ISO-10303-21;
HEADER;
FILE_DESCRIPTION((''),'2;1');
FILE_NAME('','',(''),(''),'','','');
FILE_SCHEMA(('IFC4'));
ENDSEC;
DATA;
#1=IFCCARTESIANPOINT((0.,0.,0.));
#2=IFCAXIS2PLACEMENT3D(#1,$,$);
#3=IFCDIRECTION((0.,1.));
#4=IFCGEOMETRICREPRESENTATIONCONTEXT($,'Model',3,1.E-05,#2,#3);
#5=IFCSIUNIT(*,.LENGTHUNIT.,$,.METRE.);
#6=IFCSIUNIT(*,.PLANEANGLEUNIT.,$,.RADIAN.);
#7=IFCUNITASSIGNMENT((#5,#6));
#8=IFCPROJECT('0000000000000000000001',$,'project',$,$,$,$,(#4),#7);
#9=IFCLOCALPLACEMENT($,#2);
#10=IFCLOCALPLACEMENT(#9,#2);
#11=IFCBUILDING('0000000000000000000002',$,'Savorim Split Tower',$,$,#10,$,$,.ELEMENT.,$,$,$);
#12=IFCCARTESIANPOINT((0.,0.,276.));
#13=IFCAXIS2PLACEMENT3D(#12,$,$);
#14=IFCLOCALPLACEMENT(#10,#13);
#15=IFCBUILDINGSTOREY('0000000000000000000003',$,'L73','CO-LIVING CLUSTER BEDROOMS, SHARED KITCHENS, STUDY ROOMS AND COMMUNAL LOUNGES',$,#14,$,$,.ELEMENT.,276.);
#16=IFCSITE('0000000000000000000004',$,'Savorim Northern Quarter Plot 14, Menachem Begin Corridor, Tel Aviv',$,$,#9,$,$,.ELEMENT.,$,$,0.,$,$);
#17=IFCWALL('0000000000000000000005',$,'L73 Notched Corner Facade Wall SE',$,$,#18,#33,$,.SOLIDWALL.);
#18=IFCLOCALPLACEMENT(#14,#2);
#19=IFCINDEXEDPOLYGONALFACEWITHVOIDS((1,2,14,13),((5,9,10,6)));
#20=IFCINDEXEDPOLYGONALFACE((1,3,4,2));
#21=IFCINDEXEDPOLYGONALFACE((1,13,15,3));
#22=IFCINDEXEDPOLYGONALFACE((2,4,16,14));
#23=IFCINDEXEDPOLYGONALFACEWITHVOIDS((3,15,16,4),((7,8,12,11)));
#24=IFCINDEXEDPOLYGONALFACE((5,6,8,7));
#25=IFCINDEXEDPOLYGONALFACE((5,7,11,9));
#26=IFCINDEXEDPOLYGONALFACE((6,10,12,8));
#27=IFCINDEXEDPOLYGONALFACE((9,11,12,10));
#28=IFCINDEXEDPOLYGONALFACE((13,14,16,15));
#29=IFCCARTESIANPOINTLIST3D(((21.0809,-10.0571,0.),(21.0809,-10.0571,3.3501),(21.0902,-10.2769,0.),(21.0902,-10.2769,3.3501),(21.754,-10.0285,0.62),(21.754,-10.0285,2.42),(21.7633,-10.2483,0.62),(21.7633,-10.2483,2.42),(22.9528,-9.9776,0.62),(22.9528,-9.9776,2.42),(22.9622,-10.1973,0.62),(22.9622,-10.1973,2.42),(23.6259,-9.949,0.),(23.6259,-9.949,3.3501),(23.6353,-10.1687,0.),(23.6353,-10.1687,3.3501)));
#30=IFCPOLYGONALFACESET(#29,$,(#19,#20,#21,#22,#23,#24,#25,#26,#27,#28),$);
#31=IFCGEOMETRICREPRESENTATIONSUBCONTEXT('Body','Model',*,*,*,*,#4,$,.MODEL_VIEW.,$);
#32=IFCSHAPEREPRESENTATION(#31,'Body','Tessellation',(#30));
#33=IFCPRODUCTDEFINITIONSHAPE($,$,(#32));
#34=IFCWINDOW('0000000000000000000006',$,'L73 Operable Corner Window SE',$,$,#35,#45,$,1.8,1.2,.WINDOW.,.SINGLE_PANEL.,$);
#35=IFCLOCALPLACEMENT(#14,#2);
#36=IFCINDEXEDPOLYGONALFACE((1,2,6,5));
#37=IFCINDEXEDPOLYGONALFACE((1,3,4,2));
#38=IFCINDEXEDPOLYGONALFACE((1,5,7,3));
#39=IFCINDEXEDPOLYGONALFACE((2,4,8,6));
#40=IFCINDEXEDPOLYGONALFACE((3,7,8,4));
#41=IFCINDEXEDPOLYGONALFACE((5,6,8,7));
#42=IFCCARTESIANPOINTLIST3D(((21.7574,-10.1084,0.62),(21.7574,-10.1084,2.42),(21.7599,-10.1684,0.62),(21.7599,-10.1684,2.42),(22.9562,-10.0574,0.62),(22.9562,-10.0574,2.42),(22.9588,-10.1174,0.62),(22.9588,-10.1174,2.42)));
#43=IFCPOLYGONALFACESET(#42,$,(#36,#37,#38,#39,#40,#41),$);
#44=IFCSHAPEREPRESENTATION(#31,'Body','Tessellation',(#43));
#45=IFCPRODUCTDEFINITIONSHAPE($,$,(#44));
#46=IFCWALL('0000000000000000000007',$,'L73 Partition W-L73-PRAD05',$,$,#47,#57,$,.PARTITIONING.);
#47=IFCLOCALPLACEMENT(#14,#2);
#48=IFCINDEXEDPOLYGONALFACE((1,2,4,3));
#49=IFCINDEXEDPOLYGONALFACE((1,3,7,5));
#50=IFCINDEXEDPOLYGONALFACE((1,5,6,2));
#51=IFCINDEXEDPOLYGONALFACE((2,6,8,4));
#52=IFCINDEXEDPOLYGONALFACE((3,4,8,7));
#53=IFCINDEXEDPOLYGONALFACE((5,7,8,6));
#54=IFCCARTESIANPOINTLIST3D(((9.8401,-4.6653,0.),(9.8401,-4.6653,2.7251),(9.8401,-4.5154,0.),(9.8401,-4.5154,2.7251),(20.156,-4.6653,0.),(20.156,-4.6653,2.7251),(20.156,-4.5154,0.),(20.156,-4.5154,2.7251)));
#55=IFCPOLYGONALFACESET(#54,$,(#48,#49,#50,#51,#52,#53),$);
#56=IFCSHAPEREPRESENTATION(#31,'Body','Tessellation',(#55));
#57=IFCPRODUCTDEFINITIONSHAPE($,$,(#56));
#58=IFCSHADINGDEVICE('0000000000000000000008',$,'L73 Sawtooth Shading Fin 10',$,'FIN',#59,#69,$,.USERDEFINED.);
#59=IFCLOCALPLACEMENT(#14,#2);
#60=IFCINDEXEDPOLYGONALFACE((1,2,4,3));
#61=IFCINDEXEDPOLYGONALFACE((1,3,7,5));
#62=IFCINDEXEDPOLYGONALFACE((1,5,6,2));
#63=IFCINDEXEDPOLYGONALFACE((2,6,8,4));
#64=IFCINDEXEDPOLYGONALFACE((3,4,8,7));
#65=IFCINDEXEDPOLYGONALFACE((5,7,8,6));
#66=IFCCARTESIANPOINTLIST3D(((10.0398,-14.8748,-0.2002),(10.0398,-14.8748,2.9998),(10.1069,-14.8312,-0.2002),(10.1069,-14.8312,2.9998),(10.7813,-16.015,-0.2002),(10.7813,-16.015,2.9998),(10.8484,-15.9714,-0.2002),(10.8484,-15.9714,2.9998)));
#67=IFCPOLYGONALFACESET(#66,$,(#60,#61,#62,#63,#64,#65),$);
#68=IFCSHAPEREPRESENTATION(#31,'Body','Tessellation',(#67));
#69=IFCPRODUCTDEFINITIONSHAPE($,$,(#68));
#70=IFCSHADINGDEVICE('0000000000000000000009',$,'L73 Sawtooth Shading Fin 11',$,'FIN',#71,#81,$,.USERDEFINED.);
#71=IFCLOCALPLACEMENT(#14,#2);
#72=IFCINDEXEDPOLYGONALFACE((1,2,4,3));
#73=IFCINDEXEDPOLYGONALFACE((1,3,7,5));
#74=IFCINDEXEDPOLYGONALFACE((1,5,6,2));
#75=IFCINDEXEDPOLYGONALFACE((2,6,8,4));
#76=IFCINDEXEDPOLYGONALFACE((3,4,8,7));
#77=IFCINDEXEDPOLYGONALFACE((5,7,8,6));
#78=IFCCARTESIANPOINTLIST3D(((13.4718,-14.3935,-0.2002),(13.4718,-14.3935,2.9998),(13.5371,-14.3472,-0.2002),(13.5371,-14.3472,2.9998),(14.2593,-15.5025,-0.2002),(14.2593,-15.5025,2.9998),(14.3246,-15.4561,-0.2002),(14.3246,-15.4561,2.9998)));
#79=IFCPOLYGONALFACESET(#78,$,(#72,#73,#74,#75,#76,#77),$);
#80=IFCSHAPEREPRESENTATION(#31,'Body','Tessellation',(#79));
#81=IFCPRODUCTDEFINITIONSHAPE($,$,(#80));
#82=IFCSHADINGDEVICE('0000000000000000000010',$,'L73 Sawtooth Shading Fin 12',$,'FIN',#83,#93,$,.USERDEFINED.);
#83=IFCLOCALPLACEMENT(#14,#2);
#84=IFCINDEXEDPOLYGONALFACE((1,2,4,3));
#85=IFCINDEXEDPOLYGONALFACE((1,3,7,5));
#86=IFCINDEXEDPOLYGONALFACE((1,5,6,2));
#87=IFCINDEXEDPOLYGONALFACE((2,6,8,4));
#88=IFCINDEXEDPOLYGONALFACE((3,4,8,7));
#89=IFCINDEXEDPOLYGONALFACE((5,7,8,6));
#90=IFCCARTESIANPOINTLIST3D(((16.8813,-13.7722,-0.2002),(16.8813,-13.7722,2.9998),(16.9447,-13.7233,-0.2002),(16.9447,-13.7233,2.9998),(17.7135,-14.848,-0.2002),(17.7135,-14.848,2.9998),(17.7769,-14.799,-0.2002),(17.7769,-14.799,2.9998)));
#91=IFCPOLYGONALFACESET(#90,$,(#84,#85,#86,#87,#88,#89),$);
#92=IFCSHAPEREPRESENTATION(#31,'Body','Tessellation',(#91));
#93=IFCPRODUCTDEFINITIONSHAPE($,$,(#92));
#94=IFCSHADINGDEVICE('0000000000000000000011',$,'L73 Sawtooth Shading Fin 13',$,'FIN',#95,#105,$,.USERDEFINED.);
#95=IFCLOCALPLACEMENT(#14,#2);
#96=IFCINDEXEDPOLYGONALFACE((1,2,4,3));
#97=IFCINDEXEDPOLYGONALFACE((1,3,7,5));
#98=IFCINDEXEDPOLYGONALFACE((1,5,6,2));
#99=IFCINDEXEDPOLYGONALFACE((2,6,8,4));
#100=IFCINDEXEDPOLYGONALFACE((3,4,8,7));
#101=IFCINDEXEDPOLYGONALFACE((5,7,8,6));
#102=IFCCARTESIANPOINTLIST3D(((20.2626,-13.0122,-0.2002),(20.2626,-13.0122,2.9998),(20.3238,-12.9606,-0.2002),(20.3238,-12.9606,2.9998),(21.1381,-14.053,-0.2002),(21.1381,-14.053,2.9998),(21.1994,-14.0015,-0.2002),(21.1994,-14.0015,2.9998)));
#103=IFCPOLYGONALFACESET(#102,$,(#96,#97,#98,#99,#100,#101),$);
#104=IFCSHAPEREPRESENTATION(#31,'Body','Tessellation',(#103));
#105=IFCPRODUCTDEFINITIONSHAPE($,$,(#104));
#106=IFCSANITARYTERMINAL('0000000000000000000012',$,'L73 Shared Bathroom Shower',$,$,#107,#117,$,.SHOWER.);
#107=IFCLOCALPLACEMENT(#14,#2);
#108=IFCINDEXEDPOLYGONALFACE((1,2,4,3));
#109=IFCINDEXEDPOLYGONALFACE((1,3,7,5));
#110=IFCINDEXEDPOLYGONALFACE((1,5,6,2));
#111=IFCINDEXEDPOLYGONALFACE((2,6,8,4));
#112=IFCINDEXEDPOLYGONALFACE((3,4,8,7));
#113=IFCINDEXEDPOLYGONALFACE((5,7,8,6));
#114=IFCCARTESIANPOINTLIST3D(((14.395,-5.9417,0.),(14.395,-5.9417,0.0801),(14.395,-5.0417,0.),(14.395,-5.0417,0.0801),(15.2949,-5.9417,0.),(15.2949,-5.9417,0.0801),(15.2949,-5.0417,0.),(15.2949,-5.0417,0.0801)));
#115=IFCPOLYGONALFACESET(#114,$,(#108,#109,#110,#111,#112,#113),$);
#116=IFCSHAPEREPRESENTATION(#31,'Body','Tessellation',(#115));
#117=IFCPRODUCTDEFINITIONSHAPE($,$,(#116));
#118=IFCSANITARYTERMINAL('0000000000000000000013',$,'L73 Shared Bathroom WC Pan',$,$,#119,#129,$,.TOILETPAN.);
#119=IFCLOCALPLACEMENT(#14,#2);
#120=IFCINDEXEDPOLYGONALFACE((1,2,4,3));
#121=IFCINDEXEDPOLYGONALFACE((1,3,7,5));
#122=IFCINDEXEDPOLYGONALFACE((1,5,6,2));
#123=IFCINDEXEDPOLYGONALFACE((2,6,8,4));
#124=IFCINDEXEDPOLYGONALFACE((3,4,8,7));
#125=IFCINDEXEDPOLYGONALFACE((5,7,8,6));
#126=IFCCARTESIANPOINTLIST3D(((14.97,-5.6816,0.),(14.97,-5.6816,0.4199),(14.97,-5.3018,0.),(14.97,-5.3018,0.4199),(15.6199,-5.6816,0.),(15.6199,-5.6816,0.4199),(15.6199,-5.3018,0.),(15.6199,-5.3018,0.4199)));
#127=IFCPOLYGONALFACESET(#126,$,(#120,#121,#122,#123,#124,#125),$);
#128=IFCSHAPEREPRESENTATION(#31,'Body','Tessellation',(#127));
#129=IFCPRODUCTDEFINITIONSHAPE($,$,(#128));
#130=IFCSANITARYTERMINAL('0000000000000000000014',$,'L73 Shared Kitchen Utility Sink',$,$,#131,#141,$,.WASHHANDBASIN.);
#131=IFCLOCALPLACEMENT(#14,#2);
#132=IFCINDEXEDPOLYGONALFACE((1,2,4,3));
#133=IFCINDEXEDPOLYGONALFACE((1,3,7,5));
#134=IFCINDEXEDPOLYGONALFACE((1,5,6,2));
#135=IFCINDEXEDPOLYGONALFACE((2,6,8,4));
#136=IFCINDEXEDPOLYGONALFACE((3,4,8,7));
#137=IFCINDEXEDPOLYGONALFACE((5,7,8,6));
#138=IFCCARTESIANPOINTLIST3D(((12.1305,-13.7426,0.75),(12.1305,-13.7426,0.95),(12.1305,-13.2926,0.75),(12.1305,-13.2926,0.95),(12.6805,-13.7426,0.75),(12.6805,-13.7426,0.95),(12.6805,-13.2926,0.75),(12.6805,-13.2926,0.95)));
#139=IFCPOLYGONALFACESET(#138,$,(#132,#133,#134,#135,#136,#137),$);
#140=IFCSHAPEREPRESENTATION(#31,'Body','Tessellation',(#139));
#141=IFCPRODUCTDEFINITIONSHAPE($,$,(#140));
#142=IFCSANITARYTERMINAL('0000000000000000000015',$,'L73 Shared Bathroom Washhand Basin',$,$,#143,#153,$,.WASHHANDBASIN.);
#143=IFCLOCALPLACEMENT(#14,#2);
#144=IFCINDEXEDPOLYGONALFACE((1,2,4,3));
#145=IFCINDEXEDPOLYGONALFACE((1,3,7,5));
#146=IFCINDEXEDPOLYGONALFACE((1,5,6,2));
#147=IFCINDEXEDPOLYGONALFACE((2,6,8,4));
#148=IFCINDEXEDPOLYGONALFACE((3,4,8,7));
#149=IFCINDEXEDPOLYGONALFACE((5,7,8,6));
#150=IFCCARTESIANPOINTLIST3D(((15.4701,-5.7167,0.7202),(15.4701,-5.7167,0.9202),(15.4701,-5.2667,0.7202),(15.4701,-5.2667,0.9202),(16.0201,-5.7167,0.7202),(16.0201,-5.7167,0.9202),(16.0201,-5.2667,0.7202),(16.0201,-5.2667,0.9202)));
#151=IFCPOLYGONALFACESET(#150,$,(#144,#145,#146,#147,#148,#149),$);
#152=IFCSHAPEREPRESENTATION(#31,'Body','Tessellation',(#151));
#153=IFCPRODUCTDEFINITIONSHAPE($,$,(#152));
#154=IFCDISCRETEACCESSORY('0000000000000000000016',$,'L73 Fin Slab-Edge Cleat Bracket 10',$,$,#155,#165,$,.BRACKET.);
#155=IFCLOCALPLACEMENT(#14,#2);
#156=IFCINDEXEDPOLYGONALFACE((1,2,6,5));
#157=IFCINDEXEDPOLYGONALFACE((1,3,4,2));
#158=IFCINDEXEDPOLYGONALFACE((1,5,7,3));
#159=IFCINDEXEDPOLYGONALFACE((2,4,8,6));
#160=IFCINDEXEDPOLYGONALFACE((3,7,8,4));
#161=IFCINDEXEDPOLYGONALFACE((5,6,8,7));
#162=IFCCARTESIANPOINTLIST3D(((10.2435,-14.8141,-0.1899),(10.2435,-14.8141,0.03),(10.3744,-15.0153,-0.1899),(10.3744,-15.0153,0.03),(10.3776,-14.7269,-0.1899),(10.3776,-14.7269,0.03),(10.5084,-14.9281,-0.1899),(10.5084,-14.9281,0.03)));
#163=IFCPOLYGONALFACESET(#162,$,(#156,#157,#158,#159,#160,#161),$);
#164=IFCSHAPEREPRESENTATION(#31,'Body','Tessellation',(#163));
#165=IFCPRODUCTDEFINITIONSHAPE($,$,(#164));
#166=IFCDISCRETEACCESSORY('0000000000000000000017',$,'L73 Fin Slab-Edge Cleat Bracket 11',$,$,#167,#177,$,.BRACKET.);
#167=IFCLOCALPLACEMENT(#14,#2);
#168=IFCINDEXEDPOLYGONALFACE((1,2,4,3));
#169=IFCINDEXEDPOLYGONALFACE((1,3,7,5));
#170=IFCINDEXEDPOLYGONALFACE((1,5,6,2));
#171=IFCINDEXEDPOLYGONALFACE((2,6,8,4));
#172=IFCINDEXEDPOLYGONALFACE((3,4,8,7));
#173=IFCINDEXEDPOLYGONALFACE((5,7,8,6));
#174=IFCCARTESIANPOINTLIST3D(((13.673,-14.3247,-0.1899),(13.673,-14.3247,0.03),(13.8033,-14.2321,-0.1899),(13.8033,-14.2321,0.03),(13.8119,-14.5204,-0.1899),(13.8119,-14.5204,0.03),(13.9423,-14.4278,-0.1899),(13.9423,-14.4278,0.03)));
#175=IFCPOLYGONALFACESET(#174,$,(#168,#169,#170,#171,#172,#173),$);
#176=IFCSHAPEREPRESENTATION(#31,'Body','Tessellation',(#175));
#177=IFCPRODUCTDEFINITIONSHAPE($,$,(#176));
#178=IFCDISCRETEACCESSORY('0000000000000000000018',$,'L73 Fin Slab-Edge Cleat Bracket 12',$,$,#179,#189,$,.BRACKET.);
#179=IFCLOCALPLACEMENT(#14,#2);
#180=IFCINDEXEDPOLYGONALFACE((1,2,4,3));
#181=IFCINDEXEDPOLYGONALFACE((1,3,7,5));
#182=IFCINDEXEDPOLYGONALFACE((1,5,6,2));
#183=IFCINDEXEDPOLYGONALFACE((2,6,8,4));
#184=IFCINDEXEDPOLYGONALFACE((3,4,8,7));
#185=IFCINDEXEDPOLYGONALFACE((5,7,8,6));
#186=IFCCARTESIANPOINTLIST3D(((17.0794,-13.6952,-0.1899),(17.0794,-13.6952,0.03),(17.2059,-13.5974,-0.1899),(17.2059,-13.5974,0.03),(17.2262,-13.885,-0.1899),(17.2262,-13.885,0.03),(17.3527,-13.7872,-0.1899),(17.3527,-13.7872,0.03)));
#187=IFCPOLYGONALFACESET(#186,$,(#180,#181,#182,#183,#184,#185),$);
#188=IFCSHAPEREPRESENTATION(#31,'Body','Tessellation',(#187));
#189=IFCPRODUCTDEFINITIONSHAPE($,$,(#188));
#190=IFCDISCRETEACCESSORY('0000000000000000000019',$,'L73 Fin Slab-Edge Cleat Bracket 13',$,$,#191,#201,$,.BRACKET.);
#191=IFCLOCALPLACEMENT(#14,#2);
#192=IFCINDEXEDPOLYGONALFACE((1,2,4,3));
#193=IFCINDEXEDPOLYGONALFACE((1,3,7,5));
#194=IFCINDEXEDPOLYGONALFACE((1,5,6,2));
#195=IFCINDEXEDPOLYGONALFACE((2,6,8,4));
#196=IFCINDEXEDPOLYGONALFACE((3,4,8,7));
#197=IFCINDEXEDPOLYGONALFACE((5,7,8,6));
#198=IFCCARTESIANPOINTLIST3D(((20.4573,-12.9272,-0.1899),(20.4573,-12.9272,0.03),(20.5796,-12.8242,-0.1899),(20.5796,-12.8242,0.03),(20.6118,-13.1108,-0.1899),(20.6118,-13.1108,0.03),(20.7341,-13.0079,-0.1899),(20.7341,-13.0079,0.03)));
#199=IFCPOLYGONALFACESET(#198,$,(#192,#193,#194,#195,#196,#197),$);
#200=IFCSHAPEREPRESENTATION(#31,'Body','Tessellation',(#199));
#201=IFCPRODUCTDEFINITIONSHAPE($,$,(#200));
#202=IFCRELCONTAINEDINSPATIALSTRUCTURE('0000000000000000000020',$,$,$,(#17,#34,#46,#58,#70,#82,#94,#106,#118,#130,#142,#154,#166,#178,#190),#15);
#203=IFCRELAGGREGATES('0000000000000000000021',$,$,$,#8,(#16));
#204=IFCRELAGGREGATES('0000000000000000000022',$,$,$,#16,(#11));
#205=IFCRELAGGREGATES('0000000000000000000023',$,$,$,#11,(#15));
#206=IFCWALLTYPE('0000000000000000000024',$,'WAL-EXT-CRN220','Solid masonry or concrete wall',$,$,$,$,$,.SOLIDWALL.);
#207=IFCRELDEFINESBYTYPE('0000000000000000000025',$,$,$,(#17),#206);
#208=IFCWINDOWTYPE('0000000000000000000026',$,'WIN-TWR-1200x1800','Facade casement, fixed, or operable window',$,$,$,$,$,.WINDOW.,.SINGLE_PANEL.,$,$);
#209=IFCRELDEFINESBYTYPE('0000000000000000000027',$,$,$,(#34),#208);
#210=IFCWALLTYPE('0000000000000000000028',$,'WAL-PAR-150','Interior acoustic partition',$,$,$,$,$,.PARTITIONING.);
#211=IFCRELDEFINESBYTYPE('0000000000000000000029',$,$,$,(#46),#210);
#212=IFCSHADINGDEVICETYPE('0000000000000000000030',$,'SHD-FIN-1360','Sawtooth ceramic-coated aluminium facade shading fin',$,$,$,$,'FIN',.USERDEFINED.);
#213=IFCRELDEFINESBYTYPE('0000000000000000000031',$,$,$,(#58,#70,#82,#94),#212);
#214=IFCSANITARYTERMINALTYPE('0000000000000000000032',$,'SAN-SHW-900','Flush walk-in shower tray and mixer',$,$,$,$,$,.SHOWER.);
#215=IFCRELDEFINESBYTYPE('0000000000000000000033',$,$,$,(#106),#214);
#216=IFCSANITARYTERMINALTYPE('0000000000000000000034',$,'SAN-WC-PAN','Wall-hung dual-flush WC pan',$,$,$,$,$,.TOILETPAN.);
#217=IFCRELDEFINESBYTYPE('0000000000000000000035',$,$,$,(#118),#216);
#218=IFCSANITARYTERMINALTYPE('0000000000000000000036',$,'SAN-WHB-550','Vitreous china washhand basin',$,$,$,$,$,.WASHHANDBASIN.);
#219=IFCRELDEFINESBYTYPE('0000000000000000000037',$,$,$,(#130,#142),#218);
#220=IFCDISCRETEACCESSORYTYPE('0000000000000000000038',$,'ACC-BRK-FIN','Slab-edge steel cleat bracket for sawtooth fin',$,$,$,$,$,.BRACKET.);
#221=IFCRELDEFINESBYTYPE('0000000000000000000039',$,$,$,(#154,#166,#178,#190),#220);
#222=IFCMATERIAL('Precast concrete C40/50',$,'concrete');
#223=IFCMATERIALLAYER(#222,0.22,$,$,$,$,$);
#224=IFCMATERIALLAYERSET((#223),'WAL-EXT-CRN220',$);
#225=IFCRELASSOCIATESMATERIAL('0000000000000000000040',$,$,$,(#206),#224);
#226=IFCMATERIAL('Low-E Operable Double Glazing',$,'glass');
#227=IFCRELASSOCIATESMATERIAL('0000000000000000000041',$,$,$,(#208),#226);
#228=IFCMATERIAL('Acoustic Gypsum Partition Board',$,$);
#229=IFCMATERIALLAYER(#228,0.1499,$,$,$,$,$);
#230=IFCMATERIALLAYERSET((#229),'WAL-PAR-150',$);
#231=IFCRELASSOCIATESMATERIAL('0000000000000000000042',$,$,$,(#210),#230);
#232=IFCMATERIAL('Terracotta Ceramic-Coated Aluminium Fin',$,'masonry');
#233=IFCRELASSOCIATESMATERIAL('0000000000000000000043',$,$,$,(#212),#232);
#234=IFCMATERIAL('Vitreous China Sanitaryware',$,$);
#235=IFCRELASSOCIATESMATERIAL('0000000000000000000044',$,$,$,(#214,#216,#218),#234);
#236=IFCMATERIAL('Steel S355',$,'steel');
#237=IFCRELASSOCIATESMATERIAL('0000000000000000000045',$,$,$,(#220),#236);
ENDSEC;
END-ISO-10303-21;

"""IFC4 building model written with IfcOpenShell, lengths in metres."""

from ifc_helpers import new_model, si_unit, direction, frame, frame_2d, origin, origin_2d, place, context, subcontext, project, spatial, rectangle, extrude, material, layer, layer_set, type_object, element, fill, save


model = new_model("IFC4")

# Units and contexts
model_context = context("Model", 3, precision=1e-05, world=origin(), true_north=direction((0.0, 1.0)))
body_context = subcontext(model_context, "Body", "Model", "MODEL_VIEW")
ifc_project = project(units=[si_unit("LENGTHUNIT", "METRE"), si_unit("PLANEANGLEUNIT", "RADIAN")], contexts=[model_context])

# Site, building, storey
site_placement = place(None, origin())
site = spatial("IfcSite", under=ifc_project, at=site_placement, Name="Savorim Northern Quarter Plot 14, Menachem Begin Corridor, Tel Aviv", CompositionType="ELEMENT", RefElevation=0.0)
building_placement = place(site_placement, origin())
building = spatial("IfcBuilding", under=site, at=building_placement, Name="Savorim Split Tower", CompositionType="ELEMENT")
storey_placement = place(building_placement, frame((0.0, 0.0, 276.0)))
storey = spatial("IfcBuildingStorey", under=building, at=storey_placement, Name="L73", Description="CO-LIVING CLUSTER BEDROOMS, SHARED KITCHENS, STUDY ROOMS AND COMMUNAL LOUNGES", CompositionType="ELEMENT", Elevation=276.0)

# Shared definitions
ifc_material_1 = material(Name="Steel S355", Category="steel")

# Shared definitions
ifc_material_2 = material(Name="Precast concrete C40/50", Category="concrete")
ifc_layer_1 = layer(ifc_material_2, 0.22)
ifc_layer_set_1 = layer_set([ifc_layer_1], Name="WAL-EXT-CRN220")
wall_type_1 = type_object("IfcWallType", Name="WAL-EXT-CRN220", Description="Solid masonry or concrete wall", PredefinedType="SOLIDWALL", material=ifc_layer_set_1)

# Wall, opening, window
wall_1_placement = place(storey_placement, frame((23.6306, -10.0588, 0.0), z_axis=(0.0, 0.0, 1.0), x_axis=(-0.999098, -0.042456, 0.0)))
wall_1 = element("IfcWall", 1, at=wall_1_placement, inside=storey, type_object=wall_type_1, Name="L73 Notched Corner Facade Wall SE", PredefinedType="SOLIDWALL", context=body_context, shape_type="SweptSolid", body=[
    extrude(rectangle(XDim=2.5474, YDim=0.22, at=frame_2d((1.2737, 0.0))), origin(), (0.0, 0.0, 1.0), 3.3501),
])
opening_placement = place(wall_1_placement, frame((0.6736, 0.0, 0.6201)))
opening = element("IfcOpeningElement", 2, at=opening_placement, cuts=wall_1, PredefinedType="OPENING", context=body_context, shape_type="SweptSolid", body=[
    extrude(rectangle(XDim=1.2, YDim=1.8, at=frame_2d((0.6001, 0.8999))), frame((0.0, 0.1199, 0.0), z_axis=(0.0, -1.0, 0.0), x_axis=(1.0, 0.0, 0.0)), (0.0, 0.0, 1.0), 0.24),
])
ifc_material_3 = material(Name="Low-E Operable Double Glazing", Category="glass")
window_type = type_object("IfcWindowType", Name="WIN-TWR-1200x1800", Description="Facade casement, fixed, or operable window", PartitioningType="SINGLE_PANEL", PredefinedType="WINDOW", material=ifc_material_3)
window_placement = place(opening_placement, origin())
window = element("IfcWindow", 3, at=window_placement, inside=storey, type_object=window_type, Name="L73 Operable Corner Window SE", OverallHeight=1.8, OverallWidth=1.2, PartitioningType="SINGLE_PANEL", PredefinedType="WINDOW", context=body_context, shape_type="SweptSolid", body=[
    extrude(rectangle(XDim=1.2, YDim=1.8, at=frame_2d((0.6001, 0.8999))), frame((0.0, 0.03, 0.0), z_axis=(0.0, -1.0, 0.0), x_axis=(1.0, 0.0, 0.0)), (0.0, 0.0, 1.0), 0.0601),
])
fill(opening, window)

# Wall
ifc_material_4 = material(Name="Acoustic Gypsum Partition Board")
ifc_layer_2 = layer(ifc_material_4, 0.1499)
ifc_layer_set_2 = layer_set([ifc_layer_2], Name="WAL-PAR-150")
wall_type_2 = type_object("IfcWallType", Name="WAL-PAR-150", Description="Interior acoustic partition", PredefinedType="PARTITIONING", material=ifc_layer_set_2)
wall_2_placement = place(storey_placement, frame((9.8401, -4.5903, 0.0), z_axis=(0.0, 0.0, 1.0), x_axis=(1.0, 0.0, 0.0)))
element("IfcWall", 4, at=wall_2_placement, inside=storey, type_object=wall_type_2, Name="L73 Partition W-L73-PRAD05", PredefinedType="PARTITIONING", context=body_context, shape_type="SweptSolid", body=[
    extrude(rectangle(XDim=10.3159, YDim=0.1499, at=frame_2d((5.158, 0.0))), origin(), (0.0, 0.0, 1.0), 2.7251),
])

# Shading devices
ifc_material_5 = material(Name="Terracotta Ceramic-Coated Aluminium Fin", Category="masonry")
shading_device_type = type_object("IfcShadingDeviceType", Name="SHD-FIN-1360", Description="Sawtooth ceramic-coated aluminium facade shading fin", ElementType="FIN", PredefinedType="USERDEFINED", material=ifc_material_5)
for number, where, z_axis, x_axis, name in (
    (5, (10.4441, -15.4231, -0.2002), (0.0, 0.0, 1.0), (0.545148, -0.83834, 0.0), "L73 Sawtooth Shading Fin 10"),
    (6, (13.8982, -14.9248, -0.2002), (0.0, 0.0, 1.0), (0.578994, -0.815332, 0.0), "L73 Sawtooth Shading Fin 11"),
    (7, (17.3291, -14.2856, -0.2002), (0.0, 0.0, 1.0), (0.611868, -0.79096, 0.0), "L73 Sawtooth Shading Fin 12"),
    (8, (20.731, -13.5068, -0.2002), (0.0, 0.0, 1.0), (0.643719, -0.765262, 0.0), "L73 Sawtooth Shading Fin 13"),
):
    element("IfcShadingDevice", number, at=place(storey_placement, frame(where, z_axis=z_axis, x_axis=x_axis)), inside=storey, type_object=shading_device_type, Name=name, ObjectType="FIN", PredefinedType="USERDEFINED", context=body_context, shape_type="SweptSolid", body=[
        extrude(rectangle(XDim=1.3601, YDim=0.0801, at=origin_2d()), origin(), (0.0, 0.0, 1.0), 3.2),
    ])

# Sanitary terminals
ifc_material_6 = material(Name="Vitreous China Sanitaryware")
sanitary_terminal_type_1 = type_object("IfcSanitaryTerminalType", Name="SAN-SHW-900", Description="Flush walk-in shower tray and mixer", PredefinedType="SHOWER", material=ifc_material_6)
sanitary_terminal_1_placement = place(storey_placement, frame((14.845, -5.4917, 0.0), z_axis=(0.0, 0.0, 1.0), x_axis=(1.0, 0.0, 0.0)))
element("IfcSanitaryTerminal", 9, at=sanitary_terminal_1_placement, inside=storey, type_object=sanitary_terminal_type_1, Name="L73 Shared Bathroom Shower", PredefinedType="SHOWER", context=body_context, shape_type="SweptSolid", body=[
    extrude(rectangle(XDim=0.8999, YDim=0.8999, at=origin_2d()), origin(), (0.0, 0.0, 1.0), 0.0801),
])
sanitary_terminal_type_2 = type_object("IfcSanitaryTerminalType", Name="SAN-WC-PAN", Description="Wall-hung dual-flush WC pan", PredefinedType="TOILETPAN", material=ifc_material_6)
sanitary_terminal_2_placement = place(storey_placement, frame((15.2949, -5.4917, 0.0), z_axis=(0.0, 0.0, 1.0), x_axis=(1.0, 0.0, 0.0)))
element("IfcSanitaryTerminal", 10, at=sanitary_terminal_2_placement, inside=storey, type_object=sanitary_terminal_type_2, Name="L73 Shared Bathroom WC Pan", PredefinedType="TOILETPAN", context=body_context, shape_type="SweptSolid", body=[
    extrude(rectangle(XDim=0.6499, YDim=0.3799, at=origin_2d()), origin(), (0.0, 0.0, 1.0), 0.4199),
])
sanitary_terminal_type_3 = type_object("IfcSanitaryTerminalType", Name="SAN-WHB-550", Description="Vitreous china washhand basin", PredefinedType="WASHHANDBASIN", material=ifc_material_6)
for number, where, z_axis, x_axis, name in (
    (11, (12.4055, -13.5176, 0.75), (0.0, 0.0, 1.0), (1.0, 0.0, 0.0), "L73 Shared Kitchen Utility Sink"),
    (12, (15.7451, -5.4917, 0.7202), (0.0, 0.0, 1.0), (1.0, 0.0, 0.0), "L73 Shared Bathroom Washhand Basin"),
):
    element("IfcSanitaryTerminal", number, at=place(storey_placement, frame(where, z_axis=z_axis, x_axis=x_axis)), inside=storey, type_object=sanitary_terminal_type_3, Name=name, PredefinedType="WASHHANDBASIN", context=body_context, shape_type="SweptSolid", body=[
        extrude(rectangle(XDim=0.55, YDim=0.45, at=origin_2d()), origin(), (0.0, 0.0, 1.0), 0.2),
    ])

# Discrete accessories
discrete_accessory_type = type_object("IfcDiscreteAccessoryType", Name="ACC-BRK-FIN", Description="Slab-edge steel cleat bracket for sawtooth fin", PredefinedType="BRACKET", material=ifc_material_1)
for number, where, z_axis, x_axis, name in (
    (13, (10.376, -14.8711, -0.1899), (0.0, 0.0, 1.0), (0.545148, -0.83834, 0.0), "L73 Fin Slab-Edge Cleat Bracket 10"),
    (14, (13.8076, -14.3762, -0.1899), (0.0, 0.0, 1.0), (0.578994, -0.815332, 0.0), "L73 Fin Slab-Edge Cleat Bracket 11"),
    (15, (17.2161, -13.7412, -0.1899), (0.0, 0.0, 1.0), (0.611868, -0.79096, 0.0), "L73 Fin Slab-Edge Cleat Bracket 12"),
    (16, (20.5957, -12.9675, -0.1899), (0.0, 0.0, 1.0), (0.643719, -0.765262, 0.0), "L73 Fin Slab-Edge Cleat Bracket 13"),
):
    element("IfcDiscreteAccessory", number, at=place(storey_placement, frame(where, z_axis=z_axis, x_axis=x_axis)), inside=storey, type_object=discrete_accessory_type, Name=name, PredefinedType="BRACKET", context=body_context, shape_type="SweptSolid", body=[
        extrude(rectangle(XDim=0.24, YDim=0.1599, at=origin_2d()), origin(), (0.0, 0.0, 1.0), 0.22),
    ])

save(model, "model.ifc")
